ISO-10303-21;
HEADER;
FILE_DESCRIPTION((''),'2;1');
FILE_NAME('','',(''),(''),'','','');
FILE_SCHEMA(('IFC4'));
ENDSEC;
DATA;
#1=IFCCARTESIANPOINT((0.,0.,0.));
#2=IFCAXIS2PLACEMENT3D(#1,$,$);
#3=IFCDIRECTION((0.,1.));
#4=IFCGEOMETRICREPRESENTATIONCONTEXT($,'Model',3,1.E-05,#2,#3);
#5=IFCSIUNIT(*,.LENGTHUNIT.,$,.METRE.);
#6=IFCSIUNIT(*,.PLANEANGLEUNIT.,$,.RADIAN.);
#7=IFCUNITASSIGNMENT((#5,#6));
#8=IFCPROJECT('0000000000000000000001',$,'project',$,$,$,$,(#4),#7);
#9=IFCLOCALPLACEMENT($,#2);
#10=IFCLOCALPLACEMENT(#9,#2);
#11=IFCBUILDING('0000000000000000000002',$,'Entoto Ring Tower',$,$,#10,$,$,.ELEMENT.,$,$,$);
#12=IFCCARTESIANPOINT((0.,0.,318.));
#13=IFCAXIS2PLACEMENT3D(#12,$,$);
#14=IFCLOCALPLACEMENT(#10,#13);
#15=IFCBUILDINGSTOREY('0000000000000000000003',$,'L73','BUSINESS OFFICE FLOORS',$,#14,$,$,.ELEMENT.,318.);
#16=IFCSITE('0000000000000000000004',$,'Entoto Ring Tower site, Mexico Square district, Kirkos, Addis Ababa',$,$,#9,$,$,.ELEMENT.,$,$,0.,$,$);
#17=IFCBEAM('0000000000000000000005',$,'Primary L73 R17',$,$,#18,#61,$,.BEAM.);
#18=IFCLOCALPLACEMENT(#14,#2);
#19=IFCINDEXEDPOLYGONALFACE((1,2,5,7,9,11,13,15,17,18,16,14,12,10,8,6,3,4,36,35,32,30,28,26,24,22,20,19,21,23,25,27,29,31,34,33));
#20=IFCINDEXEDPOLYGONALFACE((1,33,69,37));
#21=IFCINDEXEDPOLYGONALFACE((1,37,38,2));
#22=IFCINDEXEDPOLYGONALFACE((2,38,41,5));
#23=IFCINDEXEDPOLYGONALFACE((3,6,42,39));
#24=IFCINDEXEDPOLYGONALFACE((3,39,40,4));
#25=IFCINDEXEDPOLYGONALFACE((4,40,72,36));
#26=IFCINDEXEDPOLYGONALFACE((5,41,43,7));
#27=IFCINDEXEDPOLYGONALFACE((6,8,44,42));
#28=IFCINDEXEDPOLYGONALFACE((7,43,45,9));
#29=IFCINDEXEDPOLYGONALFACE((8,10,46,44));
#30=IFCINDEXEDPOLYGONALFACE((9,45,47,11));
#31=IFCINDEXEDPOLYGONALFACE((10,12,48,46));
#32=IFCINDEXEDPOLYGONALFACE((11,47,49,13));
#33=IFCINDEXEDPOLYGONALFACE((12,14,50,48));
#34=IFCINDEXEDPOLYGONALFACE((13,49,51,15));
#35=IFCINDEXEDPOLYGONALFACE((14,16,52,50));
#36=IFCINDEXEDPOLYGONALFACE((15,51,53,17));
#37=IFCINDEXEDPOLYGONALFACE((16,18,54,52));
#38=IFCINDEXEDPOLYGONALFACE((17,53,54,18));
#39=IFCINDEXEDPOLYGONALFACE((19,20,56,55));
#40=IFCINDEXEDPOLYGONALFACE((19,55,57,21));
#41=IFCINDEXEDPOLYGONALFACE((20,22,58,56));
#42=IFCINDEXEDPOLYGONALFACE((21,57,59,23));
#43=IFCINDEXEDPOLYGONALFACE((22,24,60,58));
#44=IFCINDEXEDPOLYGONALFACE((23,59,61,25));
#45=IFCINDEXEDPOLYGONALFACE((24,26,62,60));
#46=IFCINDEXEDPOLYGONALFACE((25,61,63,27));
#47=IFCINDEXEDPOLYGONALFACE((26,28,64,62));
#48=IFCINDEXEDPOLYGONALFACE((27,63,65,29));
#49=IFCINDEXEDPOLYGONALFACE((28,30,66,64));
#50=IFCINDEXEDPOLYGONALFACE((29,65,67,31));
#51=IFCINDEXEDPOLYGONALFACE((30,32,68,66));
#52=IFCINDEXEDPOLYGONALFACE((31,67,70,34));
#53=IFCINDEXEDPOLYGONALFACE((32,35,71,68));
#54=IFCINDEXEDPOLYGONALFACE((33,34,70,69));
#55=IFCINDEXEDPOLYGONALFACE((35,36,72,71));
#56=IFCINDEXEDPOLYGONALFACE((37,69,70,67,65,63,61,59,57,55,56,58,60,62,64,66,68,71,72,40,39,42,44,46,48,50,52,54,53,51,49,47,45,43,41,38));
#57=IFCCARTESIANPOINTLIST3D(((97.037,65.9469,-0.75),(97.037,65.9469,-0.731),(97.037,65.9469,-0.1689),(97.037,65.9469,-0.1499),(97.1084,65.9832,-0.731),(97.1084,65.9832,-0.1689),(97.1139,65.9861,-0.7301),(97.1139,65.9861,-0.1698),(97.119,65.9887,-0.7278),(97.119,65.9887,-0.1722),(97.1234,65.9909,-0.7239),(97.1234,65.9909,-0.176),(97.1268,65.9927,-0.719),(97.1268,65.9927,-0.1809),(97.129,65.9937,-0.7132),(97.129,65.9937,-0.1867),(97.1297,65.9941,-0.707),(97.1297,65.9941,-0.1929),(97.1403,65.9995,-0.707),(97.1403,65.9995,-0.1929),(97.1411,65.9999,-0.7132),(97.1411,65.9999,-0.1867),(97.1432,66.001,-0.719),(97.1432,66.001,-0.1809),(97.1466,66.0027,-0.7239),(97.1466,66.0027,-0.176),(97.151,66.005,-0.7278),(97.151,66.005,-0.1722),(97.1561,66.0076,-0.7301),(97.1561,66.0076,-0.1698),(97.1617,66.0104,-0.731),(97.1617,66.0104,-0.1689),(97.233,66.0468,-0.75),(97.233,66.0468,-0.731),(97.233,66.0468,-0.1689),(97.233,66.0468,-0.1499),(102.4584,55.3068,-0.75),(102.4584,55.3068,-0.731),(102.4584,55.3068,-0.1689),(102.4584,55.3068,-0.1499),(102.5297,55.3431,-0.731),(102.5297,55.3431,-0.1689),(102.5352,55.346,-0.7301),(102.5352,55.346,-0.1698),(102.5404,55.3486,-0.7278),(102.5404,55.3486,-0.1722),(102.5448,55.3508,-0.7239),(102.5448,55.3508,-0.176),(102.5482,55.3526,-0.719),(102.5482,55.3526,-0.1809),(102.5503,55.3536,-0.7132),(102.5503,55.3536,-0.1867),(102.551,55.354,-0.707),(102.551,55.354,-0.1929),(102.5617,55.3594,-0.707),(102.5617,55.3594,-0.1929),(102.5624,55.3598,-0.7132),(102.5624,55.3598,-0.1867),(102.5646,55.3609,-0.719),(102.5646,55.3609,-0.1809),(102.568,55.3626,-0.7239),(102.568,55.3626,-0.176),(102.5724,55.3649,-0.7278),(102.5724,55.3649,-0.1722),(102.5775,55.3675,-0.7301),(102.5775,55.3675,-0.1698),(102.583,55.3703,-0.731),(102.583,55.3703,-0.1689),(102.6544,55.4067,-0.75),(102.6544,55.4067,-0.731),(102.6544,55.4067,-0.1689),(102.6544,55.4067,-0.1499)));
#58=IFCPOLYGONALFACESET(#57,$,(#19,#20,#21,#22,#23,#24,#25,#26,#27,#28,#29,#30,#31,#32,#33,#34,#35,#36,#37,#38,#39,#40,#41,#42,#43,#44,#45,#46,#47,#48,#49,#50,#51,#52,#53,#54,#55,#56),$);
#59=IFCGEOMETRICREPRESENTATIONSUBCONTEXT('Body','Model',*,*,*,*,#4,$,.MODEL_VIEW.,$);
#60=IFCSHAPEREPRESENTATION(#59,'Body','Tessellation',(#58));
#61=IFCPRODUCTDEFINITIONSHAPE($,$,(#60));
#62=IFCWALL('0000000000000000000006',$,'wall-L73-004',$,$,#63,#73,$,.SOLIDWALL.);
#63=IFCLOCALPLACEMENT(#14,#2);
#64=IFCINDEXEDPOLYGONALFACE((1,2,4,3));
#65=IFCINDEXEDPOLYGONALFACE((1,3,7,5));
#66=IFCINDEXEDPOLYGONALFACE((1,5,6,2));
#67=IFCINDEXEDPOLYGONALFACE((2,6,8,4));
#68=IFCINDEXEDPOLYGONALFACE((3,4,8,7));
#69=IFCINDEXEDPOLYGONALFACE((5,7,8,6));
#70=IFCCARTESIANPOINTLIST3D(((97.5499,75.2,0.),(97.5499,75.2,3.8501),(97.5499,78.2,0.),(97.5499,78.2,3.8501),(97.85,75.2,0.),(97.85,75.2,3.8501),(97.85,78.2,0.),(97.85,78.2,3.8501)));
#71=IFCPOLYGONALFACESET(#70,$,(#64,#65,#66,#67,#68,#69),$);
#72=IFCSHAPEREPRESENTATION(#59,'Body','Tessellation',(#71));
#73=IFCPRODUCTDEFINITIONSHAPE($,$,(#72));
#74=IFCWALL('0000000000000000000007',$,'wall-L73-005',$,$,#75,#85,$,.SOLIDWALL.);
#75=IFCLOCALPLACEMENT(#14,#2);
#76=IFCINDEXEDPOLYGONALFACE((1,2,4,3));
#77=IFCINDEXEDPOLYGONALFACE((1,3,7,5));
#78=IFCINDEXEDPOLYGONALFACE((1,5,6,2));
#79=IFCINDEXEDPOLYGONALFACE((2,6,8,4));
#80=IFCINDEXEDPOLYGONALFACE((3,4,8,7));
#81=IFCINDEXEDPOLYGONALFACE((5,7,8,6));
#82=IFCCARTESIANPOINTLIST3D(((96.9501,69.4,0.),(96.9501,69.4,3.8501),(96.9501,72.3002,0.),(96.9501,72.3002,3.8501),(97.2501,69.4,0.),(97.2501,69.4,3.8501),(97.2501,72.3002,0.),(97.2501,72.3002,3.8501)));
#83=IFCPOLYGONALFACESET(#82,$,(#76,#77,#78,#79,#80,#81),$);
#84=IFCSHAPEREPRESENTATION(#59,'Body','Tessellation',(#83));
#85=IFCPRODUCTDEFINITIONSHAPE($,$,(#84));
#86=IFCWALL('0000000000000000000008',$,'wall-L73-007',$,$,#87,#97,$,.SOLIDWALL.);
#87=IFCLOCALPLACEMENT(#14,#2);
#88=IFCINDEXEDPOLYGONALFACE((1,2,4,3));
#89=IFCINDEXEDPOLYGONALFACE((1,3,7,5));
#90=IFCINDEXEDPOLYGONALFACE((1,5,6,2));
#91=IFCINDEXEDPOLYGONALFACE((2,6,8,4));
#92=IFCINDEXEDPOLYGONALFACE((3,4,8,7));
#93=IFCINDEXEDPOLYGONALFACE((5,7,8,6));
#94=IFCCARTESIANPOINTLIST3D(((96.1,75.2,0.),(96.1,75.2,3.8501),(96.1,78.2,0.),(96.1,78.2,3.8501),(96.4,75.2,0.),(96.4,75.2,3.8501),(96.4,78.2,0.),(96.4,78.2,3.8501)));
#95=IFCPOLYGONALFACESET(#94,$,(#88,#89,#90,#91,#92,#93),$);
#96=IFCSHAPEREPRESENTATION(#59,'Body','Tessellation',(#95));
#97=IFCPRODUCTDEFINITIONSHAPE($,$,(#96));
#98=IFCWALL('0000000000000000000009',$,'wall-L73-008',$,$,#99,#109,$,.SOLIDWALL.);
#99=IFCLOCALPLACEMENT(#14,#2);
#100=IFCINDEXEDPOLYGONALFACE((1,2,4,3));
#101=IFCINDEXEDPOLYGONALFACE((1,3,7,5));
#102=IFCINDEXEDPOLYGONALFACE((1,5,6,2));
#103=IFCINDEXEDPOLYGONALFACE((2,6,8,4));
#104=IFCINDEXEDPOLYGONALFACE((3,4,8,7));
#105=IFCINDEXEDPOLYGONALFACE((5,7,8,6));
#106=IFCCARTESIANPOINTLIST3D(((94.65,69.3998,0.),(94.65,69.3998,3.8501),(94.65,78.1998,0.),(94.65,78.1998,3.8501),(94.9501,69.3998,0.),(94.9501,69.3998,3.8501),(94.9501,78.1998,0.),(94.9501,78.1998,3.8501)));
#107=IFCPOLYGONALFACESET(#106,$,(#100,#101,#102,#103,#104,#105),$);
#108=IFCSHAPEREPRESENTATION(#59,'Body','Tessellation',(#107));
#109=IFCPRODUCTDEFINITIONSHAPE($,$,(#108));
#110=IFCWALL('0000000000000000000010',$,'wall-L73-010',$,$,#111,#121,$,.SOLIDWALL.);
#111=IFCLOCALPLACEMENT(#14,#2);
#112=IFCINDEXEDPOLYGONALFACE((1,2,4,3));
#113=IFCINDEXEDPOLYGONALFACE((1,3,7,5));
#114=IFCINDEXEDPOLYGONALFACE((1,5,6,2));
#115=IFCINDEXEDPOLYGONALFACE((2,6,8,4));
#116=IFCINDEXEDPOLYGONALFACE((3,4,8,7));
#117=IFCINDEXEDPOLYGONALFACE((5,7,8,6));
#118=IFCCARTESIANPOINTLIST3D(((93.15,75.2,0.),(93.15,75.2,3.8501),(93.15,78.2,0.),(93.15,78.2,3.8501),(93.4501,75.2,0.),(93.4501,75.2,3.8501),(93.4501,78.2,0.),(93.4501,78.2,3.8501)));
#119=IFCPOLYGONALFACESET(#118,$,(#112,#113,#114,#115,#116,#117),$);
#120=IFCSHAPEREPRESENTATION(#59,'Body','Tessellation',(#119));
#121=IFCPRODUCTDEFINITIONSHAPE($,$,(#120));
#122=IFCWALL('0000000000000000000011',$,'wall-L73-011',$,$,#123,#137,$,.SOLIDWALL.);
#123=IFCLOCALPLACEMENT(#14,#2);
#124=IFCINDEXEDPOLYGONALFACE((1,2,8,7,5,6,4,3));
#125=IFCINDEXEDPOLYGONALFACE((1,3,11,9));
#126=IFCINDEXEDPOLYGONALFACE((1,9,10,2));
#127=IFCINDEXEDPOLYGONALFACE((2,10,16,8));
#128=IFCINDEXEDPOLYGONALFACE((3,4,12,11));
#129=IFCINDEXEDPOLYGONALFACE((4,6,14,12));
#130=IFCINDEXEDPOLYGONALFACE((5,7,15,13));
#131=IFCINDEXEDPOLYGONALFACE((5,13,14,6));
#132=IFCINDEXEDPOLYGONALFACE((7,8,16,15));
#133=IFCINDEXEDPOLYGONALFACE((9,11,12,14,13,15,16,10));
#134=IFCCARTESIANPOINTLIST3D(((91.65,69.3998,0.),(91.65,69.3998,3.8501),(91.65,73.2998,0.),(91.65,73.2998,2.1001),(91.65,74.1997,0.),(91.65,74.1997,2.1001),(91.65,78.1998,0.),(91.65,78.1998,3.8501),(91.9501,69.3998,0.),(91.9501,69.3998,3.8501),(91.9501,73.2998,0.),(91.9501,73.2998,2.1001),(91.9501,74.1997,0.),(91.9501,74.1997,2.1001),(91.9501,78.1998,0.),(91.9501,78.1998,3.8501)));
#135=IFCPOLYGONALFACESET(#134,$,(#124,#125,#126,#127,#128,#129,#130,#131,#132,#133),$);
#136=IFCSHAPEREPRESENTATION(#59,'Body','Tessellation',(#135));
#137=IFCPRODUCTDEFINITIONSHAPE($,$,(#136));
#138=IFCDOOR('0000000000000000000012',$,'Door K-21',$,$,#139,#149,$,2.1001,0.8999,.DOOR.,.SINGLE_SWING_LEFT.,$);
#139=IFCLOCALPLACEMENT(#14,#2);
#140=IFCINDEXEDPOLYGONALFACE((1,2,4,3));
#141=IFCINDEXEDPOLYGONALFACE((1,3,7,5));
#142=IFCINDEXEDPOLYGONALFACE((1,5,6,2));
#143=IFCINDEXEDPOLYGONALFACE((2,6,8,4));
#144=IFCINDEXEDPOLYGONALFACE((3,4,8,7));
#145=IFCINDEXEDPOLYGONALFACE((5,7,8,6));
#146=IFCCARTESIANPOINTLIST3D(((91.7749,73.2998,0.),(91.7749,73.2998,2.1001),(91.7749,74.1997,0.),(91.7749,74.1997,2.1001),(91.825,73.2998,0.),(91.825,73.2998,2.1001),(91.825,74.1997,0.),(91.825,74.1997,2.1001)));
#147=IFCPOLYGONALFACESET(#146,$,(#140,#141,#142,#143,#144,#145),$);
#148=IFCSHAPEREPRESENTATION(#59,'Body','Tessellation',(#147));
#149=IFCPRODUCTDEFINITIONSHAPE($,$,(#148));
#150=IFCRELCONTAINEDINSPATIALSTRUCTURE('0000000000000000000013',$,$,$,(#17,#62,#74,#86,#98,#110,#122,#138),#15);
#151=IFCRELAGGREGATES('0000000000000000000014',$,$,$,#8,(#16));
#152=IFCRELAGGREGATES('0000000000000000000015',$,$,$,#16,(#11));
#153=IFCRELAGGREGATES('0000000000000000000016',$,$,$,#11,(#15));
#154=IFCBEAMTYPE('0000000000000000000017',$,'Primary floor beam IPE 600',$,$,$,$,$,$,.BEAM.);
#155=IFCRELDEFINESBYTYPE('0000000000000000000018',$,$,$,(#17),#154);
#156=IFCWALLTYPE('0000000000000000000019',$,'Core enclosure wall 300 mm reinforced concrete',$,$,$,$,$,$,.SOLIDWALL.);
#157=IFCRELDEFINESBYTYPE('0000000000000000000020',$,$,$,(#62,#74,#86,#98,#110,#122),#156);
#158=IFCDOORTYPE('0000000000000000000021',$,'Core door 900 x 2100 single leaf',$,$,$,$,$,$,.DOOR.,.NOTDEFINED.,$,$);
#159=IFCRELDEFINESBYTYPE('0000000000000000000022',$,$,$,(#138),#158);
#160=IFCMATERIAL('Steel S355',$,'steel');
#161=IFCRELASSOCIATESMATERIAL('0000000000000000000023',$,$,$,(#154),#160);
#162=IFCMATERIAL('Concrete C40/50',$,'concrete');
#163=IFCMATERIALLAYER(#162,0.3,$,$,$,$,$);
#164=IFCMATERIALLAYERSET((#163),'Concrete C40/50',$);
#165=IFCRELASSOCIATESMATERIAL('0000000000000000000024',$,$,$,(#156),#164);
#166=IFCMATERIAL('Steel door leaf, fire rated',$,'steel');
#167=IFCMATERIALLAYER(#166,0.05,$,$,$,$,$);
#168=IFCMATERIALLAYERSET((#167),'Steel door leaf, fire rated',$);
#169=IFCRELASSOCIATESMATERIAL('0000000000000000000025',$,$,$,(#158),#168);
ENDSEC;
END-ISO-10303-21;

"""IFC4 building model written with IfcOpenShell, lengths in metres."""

from ifc_helpers import new_model, si_unit, direction, frame, frame_2d, origin, origin_2d, place, context, subcontext, project, spatial, rectangle, i_section, extrude, material, layer, layer_set, material_profile, profile_set, type_object, element, fill, save


model = new_model("IFC4")

# Units and contexts
model_context = context("Model", 3, precision=1e-05, world=origin(), true_north=direction((0.0, 1.0)))
body_context = subcontext(model_context, "Body", "Model", "MODEL_VIEW")
ifc_project = project(units=[si_unit("LENGTHUNIT", "METRE"), si_unit("PLANEANGLEUNIT", "RADIAN")], contexts=[model_context])

# Site, building, storey
site_placement = place(None, origin())
site = spatial("IfcSite", under=ifc_project, at=site_placement, Name="Entoto Ring Tower site, Mexico Square district, Kirkos, Addis Ababa", CompositionType="ELEMENT", RefElevation=0.0)
building_placement = place(site_placement, origin())
building = spatial("IfcBuilding", under=site, at=building_placement, Name="Entoto Ring Tower", CompositionType="ELEMENT")
storey_placement = place(building_placement, frame((0.0, 0.0, 318.0)))
storey = spatial("IfcBuildingStorey", under=building, at=storey_placement, Name="L73", Description="BUSINESS OFFICE FLOORS", CompositionType="ELEMENT", Elevation=318.0)

# Beam
ifc_material_1 = material(Name="Steel S355", Category="steel")
ifc_material_profile = material_profile(ifc_material_1, i_section(OverallWidth=0.22, OverallDepth=0.6001, WebThickness=0.012, FlangeThickness=0.019, FilletRadius=0.0239, at=origin_2d()), Name="IPE 600")
ifc_profile_set = profile_set([ifc_material_profile], Name="Steel S355")
beam_type = type_object("IfcBeamType", Name="Primary floor beam IPE 600", PredefinedType="BEAM", material=ifc_profile_set)
beam_placement = place(storey_placement, frame((97.135, 65.9968, -0.45), z_axis=(0.453988, -0.891008, 0.0), x_axis=(0.891008, 0.453988, 0.0)))
element("IfcBeam", 1, at=beam_placement, inside=storey, type_object=beam_type, Name="Primary L73 R17", PredefinedType="BEAM", context=body_context, shape_type="SweptSolid", body=[
    extrude(i_section(OverallWidth=0.22, OverallDepth=0.6001, WebThickness=0.012, FlangeThickness=0.019, FilletRadius=0.0239, at=origin_2d()), origin(), (0.0, 0.0, 1.0), 11.9417),
])

# Walls
ifc_material_2 = material(Name="Concrete C40/50", Category="concrete")
ifc_layer_1 = layer(ifc_material_2, 0.3)
ifc_layer_set_1 = layer_set([ifc_layer_1], Name="Concrete C40/50")
wall_type = type_object("IfcWallType", Name="Core enclosure wall 300 mm reinforced concrete", PredefinedType="SOLIDWALL", material=ifc_layer_set_1)
wall_1_placement = place(storey_placement, frame((97.7, 75.2, 0.0), z_axis=(0.0, 0.0, 1.0), x_axis=(0.0, 1.0, 0.0)))
element("IfcWall", 2, at=wall_1_placement, inside=storey, type_object=wall_type, Name="wall-L73-004", PredefinedType="SOLIDWALL", context=body_context, shape_type="SweptSolid", body=[
    extrude(rectangle(XDim=3.0, YDim=0.3, at=frame_2d((1.5, 0.0))), origin(), (0.0, 0.0, 1.0), 3.8501),
])
wall_2_placement = place(storey_placement, frame((97.1001, 69.3999, 0.0), z_axis=(0.0, 0.0, 1.0), x_axis=(0.0, 1.0, 0.0)))
element("IfcWall", 3, at=wall_2_placement, inside=storey, type_object=wall_type, Name="wall-L73-005", PredefinedType="SOLIDWALL", context=body_context, shape_type="SweptSolid", body=[
    extrude(rectangle(XDim=2.9001, YDim=0.3, at=frame_2d((1.4502, 0.0))), origin(), (0.0, 0.0, 1.0), 3.8501),
])
wall_3_placement = place(storey_placement, frame((96.25, 75.2, 0.0), z_axis=(0.0, 0.0, 1.0), x_axis=(0.0, 1.0, 0.0)))
element("IfcWall", 4, at=wall_3_placement, inside=storey, type_object=wall_type, Name="wall-L73-007", PredefinedType="SOLIDWALL", context=body_context, shape_type="SweptSolid", body=[
    extrude(rectangle(XDim=3.0, YDim=0.3, at=frame_2d((1.5, 0.0))), origin(), (0.0, 0.0, 1.0), 3.8501),
])
wall_4_placement = place(storey_placement, frame((94.8, 69.3999, 0.0), z_axis=(0.0, 0.0, 1.0), x_axis=(0.0, 1.0, 0.0)))
element("IfcWall", 5, at=wall_4_placement, inside=storey, type_object=wall_type, Name="wall-L73-008", PredefinedType="SOLIDWALL", context=body_context, shape_type="SweptSolid", body=[
    extrude(rectangle(XDim=8.8, YDim=0.3, at=frame_2d((4.3999, 0.0))), origin(), (0.0, 0.0, 1.0), 3.8501),
])
wall_5_placement = place(storey_placement, frame((93.3, 75.2, 0.0), z_axis=(0.0, 0.0, 1.0), x_axis=(0.0, 1.0, 0.0)))
element("IfcWall", 6, at=wall_5_placement, inside=storey, type_object=wall_type, Name="wall-L73-010", PredefinedType="SOLIDWALL", context=body_context, shape_type="SweptSolid", body=[
    extrude(rectangle(XDim=3.0, YDim=0.3, at=frame_2d((1.5, 0.0))), origin(), (0.0, 0.0, 1.0), 3.8501),
])

# Wall, opening, door
wall_6_placement = place(storey_placement, frame((91.8, 69.3999, 0.0), z_axis=(0.0, 0.0, 1.0), x_axis=(0.0, 1.0, 0.0)))
wall_6 = element("IfcWall", 7, at=wall_6_placement, inside=storey, type_object=wall_type, Name="wall-L73-011", PredefinedType="SOLIDWALL", context=body_context, shape_type="SweptSolid", body=[
    extrude(rectangle(XDim=8.8, YDim=0.3, at=frame_2d((4.3999, 0.0))), origin(), (0.0, 0.0, 1.0), 3.8501),
])
opening_1_placement = place(wall_6_placement, frame((3.8999, 0.0, 0.0)))
opening_1 = element("IfcOpeningElement", 8, at=opening_1_placement, cuts=wall_6, PredefinedType="OPENING", context=body_context, shape_type="SweptSolid", body=[
    extrude(rectangle(XDim=0.8999, YDim=2.1001, at=frame_2d((0.45, 1.05))), frame((0.0, 0.1602, 0.0), z_axis=(0.0, -1.0, 0.0), x_axis=(1.0, 0.0, 0.0)), (0.0, 0.0, 1.0), 0.3201),
])
ifc_material_3 = material(Name="Steel door leaf, fire rated", Category="steel")
ifc_layer_2 = layer(ifc_material_3, 0.05)
ifc_layer_set_2 = layer_set([ifc_layer_2], Name="Steel door leaf, fire rated")
door_type_1 = type_object("IfcDoorType", Name="Core door 900 x 2100 single leaf", OperationType="NOTDEFINED", PredefinedType="DOOR", material=ifc_layer_set_2)
door_1_placement = place(opening_1_placement, frame((0.8999, 0.0, 0.0), z_axis=(0.0, 0.0, 1.0), x_axis=(-1.0, 0.0, 0.0)))
door_1 = element("IfcDoor", 9, at=door_1_placement, inside=storey, type_object=door_type_1, Name="Door K-21", OperationType="SINGLE_SWING_LEFT", OverallHeight=2.1001, OverallWidth=0.8999, PredefinedType="DOOR", context=body_context, shape_type="SweptSolid", body=[
    extrude(rectangle(XDim=0.8999, YDim=2.1001, at=frame_2d((0.45, 1.05))), frame((0.0, 0.0249, 0.0), z_axis=(0.0, -1.0, 0.0), x_axis=(1.0, 0.0, 0.0)), (0.0, 0.0, 1.0), 0.05),
])
fill(opening_1, door_1)

save(model, "model.ifc")
